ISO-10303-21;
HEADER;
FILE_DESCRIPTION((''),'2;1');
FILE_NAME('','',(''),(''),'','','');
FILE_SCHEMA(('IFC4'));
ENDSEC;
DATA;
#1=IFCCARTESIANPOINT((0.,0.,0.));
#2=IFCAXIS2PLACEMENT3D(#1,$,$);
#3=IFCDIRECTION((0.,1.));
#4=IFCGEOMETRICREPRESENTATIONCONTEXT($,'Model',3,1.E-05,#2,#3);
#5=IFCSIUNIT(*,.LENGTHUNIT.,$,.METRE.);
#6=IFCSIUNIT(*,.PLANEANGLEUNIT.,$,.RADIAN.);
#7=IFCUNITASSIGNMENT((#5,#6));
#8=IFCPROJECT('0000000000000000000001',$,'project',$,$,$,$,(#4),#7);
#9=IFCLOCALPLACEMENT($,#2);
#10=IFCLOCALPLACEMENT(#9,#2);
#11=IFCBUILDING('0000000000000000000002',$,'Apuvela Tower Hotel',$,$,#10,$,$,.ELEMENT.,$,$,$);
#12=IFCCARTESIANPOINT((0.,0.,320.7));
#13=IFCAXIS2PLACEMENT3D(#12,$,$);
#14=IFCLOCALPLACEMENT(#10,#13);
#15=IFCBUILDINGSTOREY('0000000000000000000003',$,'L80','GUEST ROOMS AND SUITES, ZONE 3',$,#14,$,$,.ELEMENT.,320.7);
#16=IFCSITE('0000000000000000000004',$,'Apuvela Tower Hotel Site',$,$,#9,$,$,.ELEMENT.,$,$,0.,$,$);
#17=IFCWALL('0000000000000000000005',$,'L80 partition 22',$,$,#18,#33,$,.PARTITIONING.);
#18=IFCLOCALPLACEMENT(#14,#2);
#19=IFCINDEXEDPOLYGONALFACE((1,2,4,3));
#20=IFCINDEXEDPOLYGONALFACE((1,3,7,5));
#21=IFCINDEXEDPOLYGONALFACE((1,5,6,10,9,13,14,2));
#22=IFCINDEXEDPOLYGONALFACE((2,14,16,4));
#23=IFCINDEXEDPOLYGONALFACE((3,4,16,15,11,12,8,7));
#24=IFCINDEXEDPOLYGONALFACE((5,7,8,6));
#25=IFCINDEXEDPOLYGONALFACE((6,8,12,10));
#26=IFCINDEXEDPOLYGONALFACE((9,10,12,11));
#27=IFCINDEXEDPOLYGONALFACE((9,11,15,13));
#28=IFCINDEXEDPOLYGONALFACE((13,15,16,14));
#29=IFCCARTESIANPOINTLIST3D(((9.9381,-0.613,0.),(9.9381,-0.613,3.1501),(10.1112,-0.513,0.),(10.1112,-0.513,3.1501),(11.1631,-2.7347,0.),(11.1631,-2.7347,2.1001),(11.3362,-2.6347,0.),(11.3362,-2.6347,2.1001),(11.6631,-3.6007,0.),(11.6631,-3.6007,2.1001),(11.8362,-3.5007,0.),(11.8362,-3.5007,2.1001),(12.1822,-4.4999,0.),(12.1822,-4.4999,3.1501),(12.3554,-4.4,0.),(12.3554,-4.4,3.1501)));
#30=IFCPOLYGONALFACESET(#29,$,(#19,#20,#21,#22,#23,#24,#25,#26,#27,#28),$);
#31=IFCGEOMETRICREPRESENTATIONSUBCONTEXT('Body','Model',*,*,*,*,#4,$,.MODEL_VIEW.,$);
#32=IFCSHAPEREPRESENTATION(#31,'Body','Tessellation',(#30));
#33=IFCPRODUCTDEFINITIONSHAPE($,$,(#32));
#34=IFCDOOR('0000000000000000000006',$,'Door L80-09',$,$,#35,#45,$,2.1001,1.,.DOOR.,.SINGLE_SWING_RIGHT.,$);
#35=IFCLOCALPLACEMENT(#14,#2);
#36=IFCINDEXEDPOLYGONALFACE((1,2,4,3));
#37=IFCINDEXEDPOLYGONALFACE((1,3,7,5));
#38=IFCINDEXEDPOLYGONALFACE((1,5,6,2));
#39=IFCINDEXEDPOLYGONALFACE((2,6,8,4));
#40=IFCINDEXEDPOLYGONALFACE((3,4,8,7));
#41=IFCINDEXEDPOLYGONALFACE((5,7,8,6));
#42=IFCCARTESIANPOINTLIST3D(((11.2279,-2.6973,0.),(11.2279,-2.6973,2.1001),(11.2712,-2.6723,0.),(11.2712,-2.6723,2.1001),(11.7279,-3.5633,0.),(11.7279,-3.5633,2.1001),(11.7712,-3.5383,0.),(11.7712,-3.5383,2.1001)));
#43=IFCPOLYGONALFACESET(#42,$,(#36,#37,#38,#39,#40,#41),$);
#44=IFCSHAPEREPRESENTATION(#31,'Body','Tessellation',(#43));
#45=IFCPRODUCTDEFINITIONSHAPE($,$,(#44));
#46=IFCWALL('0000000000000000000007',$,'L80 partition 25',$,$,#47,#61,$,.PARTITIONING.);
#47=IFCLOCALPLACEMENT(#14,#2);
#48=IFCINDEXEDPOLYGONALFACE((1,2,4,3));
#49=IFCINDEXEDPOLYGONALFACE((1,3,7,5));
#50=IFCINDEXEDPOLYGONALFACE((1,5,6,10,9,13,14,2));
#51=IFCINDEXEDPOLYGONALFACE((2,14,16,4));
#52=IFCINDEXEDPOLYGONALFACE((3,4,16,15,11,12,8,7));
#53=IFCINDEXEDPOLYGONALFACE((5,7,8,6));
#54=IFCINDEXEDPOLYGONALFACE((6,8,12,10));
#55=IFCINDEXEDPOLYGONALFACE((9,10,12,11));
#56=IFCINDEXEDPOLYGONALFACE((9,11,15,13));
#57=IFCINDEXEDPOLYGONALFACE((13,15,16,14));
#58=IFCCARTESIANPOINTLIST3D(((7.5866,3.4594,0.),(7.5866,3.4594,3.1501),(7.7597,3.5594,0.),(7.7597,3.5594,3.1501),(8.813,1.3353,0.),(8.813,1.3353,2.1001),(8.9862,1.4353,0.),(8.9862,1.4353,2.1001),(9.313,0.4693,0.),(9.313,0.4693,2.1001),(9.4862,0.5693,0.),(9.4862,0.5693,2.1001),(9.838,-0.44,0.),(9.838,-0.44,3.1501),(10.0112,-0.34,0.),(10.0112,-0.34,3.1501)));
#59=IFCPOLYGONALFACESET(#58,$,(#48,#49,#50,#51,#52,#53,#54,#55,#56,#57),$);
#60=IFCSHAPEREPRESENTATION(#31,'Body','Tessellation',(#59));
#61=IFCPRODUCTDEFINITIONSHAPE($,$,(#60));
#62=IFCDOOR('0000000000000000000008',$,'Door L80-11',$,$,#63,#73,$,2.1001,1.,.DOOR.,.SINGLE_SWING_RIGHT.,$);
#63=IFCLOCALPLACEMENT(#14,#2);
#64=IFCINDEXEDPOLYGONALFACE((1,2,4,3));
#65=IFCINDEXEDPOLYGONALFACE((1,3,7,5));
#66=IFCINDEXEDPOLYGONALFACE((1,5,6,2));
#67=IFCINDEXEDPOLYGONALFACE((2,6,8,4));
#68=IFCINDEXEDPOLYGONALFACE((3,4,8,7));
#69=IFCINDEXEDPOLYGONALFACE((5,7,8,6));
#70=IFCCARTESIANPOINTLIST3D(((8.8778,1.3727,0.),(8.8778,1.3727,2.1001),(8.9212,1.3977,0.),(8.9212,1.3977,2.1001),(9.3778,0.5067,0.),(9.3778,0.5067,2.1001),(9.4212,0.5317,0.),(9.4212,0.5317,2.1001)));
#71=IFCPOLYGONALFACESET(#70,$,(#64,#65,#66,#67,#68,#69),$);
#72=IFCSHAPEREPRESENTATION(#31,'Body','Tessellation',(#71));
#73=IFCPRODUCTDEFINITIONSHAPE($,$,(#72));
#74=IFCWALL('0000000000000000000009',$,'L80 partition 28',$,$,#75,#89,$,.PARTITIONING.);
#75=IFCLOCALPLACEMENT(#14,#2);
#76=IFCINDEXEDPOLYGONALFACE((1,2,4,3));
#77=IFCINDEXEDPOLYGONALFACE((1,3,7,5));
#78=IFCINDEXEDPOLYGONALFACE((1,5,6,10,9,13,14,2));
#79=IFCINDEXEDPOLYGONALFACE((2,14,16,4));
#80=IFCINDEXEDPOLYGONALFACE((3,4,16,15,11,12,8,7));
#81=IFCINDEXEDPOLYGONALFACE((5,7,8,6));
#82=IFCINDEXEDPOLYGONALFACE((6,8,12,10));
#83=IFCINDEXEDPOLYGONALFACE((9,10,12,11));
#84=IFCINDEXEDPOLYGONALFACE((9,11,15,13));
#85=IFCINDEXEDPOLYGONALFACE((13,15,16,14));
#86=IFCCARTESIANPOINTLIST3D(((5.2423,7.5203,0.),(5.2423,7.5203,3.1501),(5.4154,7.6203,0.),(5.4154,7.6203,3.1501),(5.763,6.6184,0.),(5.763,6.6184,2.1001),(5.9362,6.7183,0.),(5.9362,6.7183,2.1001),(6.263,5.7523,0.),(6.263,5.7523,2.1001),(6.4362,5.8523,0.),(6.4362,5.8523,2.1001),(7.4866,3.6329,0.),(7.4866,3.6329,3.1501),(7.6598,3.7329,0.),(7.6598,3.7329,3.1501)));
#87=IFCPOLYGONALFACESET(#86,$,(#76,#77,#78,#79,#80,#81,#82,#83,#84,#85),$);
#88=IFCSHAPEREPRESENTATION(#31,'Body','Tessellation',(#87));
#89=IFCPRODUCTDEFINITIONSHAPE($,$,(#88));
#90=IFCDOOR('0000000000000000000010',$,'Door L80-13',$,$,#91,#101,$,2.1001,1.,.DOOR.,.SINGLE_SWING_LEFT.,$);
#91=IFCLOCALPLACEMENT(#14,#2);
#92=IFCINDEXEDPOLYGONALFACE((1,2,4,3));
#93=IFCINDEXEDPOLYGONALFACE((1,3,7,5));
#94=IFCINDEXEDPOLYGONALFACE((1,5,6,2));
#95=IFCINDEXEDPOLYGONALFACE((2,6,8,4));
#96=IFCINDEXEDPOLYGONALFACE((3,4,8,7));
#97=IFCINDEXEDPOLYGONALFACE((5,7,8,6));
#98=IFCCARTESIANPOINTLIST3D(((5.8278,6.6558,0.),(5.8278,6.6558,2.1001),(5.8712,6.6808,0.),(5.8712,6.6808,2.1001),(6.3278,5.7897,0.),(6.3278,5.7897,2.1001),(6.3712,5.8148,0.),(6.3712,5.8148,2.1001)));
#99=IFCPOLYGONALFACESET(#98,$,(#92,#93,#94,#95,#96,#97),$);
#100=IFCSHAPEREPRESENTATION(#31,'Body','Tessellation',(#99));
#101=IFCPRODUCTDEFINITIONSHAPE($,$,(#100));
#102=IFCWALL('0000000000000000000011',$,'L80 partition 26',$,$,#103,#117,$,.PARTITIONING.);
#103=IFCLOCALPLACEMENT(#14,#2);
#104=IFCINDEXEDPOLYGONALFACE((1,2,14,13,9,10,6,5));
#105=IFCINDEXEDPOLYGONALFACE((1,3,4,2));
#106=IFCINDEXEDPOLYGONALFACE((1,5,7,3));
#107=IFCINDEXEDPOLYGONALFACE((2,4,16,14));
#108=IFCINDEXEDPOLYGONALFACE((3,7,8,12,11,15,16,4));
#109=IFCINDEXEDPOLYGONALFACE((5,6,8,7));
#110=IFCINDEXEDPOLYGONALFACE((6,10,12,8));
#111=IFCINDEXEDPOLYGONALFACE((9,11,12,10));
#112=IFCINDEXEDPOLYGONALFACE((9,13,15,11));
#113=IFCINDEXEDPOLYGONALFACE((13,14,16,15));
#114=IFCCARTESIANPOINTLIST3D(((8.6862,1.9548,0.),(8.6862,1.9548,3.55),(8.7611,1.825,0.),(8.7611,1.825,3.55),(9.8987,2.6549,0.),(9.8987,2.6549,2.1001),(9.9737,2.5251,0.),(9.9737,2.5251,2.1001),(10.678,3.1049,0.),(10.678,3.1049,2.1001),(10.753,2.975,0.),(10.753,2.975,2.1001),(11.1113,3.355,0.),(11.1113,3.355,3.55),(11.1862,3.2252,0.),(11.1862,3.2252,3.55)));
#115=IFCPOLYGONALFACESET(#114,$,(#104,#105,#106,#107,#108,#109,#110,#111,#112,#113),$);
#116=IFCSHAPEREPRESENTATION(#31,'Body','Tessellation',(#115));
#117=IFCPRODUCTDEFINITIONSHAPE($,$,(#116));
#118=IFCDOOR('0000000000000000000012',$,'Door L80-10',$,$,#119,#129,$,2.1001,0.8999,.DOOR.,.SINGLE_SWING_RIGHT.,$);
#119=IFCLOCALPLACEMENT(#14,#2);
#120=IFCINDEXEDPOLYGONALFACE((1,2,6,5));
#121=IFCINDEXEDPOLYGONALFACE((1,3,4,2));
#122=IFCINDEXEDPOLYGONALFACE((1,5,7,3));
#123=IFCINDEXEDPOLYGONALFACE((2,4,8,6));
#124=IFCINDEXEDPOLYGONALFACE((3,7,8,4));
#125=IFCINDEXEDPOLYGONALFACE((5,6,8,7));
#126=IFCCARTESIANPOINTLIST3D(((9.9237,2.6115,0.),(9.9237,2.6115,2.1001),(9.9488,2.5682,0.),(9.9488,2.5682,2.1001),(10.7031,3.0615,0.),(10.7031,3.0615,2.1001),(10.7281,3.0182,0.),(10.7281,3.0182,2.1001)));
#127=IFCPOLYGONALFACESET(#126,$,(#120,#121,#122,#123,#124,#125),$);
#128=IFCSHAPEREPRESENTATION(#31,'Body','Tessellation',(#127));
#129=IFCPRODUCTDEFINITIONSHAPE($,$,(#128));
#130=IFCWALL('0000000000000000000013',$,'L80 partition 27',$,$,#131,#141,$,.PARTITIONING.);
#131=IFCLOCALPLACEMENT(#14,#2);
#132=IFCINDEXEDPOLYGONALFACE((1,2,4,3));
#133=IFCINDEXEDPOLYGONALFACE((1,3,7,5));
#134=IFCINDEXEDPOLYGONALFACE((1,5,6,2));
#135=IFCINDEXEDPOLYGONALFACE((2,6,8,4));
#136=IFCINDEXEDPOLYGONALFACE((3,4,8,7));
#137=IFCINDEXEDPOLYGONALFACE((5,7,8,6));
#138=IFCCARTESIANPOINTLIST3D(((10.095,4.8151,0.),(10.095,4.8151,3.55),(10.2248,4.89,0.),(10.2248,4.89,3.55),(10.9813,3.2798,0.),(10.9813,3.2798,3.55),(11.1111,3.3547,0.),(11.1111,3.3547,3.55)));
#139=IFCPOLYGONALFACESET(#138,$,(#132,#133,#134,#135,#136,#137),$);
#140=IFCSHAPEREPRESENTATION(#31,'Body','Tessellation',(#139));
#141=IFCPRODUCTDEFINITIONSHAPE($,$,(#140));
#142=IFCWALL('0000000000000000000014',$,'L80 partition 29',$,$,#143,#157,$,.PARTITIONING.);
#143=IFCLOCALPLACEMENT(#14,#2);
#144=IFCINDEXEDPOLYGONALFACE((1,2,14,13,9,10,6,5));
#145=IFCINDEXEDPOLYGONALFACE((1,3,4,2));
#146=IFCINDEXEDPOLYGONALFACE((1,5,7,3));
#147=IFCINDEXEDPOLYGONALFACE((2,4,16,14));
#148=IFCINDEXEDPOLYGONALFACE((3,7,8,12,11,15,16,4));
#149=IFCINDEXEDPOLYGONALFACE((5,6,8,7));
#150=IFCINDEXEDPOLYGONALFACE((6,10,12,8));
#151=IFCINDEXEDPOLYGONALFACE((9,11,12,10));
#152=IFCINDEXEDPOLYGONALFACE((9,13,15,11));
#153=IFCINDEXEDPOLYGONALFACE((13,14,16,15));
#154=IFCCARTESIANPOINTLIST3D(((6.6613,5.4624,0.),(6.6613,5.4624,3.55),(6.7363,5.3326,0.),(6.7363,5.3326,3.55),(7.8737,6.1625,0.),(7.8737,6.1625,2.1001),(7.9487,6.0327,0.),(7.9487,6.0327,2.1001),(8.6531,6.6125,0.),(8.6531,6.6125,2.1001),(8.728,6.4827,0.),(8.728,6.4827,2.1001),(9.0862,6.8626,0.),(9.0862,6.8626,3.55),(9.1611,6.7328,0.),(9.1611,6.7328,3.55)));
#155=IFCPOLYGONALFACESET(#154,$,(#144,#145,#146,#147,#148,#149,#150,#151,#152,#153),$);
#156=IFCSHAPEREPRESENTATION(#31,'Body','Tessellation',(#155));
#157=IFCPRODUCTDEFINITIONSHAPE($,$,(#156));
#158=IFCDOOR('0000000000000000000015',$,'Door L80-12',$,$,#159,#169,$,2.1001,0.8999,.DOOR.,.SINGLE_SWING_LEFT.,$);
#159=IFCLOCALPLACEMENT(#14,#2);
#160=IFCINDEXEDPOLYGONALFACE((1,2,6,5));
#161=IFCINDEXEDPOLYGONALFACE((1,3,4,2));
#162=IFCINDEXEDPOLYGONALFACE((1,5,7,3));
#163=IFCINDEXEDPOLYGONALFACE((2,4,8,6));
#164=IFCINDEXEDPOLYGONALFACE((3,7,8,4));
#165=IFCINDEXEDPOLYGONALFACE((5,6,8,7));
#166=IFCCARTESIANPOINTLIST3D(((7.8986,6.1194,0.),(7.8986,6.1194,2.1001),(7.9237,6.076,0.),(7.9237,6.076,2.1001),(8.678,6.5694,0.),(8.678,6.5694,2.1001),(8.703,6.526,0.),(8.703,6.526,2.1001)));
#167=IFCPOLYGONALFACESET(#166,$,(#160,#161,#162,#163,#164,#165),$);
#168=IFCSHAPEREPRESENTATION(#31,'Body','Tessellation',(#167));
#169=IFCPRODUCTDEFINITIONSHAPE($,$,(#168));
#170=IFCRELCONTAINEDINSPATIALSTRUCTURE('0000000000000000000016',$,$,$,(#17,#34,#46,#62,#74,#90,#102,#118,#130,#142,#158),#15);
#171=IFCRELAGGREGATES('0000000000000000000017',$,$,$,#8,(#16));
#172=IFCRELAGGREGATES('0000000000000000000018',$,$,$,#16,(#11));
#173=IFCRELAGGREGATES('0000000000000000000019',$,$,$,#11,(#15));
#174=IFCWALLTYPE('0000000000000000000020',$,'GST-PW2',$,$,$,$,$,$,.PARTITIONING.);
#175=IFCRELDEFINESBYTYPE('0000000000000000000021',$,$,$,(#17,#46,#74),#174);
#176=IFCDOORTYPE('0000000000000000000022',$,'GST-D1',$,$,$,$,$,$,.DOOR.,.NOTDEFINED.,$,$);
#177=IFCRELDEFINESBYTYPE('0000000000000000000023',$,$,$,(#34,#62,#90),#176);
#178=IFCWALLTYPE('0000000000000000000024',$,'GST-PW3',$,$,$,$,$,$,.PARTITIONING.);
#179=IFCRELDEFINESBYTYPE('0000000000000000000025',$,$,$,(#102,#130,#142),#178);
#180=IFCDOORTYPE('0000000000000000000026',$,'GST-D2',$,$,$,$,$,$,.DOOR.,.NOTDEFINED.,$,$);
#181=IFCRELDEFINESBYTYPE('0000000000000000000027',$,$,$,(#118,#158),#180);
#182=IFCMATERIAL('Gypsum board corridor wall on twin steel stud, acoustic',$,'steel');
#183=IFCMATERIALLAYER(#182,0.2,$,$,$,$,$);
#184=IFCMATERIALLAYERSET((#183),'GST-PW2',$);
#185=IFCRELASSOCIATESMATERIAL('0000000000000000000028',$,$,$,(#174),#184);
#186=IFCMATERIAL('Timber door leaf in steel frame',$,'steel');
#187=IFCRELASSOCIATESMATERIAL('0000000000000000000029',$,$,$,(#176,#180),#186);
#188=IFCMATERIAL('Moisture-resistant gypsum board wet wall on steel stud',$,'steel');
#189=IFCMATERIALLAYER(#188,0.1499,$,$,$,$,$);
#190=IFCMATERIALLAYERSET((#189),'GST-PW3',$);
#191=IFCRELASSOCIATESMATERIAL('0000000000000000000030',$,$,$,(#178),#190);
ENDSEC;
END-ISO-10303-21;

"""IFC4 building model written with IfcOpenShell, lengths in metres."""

from ifc_helpers import new_model, si_unit, direction, frame, frame_2d, origin, place, context, subcontext, project, spatial, rectangle, extrude, material, layer, layer_set, type_object, element, fill, save


model = new_model("IFC4")

# Units and contexts
model_context = context("Model", 3, precision=1e-05, world=origin(), true_north=direction((0.0, 1.0)))
body_context = subcontext(model_context, "Body", "Model", "MODEL_VIEW")
ifc_project = project(units=[si_unit("LENGTHUNIT", "METRE"), si_unit("PLANEANGLEUNIT", "RADIAN")], contexts=[model_context])

# Site, building, storey
site_placement = place(None, origin())
site = spatial("IfcSite", under=ifc_project, at=site_placement, Name="Apuvela Tower Hotel Site", CompositionType="ELEMENT", RefElevation=0.0)
building_placement = place(site_placement, origin())
building = spatial("IfcBuilding", under=site, at=building_placement, Name="Apuvela Tower Hotel", CompositionType="ELEMENT")
storey_placement = place(building_placement, frame((0.0, 0.0, 320.7)))
storey = spatial("IfcBuildingStorey", under=building, at=storey_placement, Name="L80", Description="GUEST ROOMS AND SUITES, ZONE 3", CompositionType="ELEMENT", Elevation=320.7)

# Walls, openings, doors
ifc_material_1 = material(Name="Gypsum board corridor wall on twin steel stud, acoustic", Category="steel")
ifc_layer_1 = layer(ifc_material_1, 0.2)
ifc_layer_set_1 = layer_set([ifc_layer_1], Name="GST-PW2")
wall_type_1 = type_object("IfcWallType", Name="GST-PW2", PredefinedType="PARTITIONING", material=ifc_layer_set_1)
wall_1_placement = place(storey_placement, frame((10.0247, -0.563, 0.0), z_axis=(0.0, 0.0, 1.0), x_axis=(0.5, -0.866025, 0.0)))
wall_1 = element("IfcWall", 1, at=wall_1_placement, inside=storey, type_object=wall_type_1, Name="L80 partition 22", PredefinedType="PARTITIONING", context=body_context, shape_type="SweptSolid", body=[
    extrude(rectangle(XDim=4.4883, YDim=0.2, at=frame_2d((2.2441, 0.0))), origin(), (0.0, 0.0, 1.0), 3.1501),
])
opening_1_placement = place(wall_1_placement, frame((2.45, 0.0, 0.0)))
opening_1 = element("IfcOpeningElement", 2, at=opening_1_placement, cuts=wall_1, PredefinedType="OPENING", context=body_context, shape_type="SweptSolid", body=[
    extrude(rectangle(XDim=1.0, YDim=2.1001, at=frame_2d((0.5, 1.05))), frame((0.0, 0.1099, 0.0), z_axis=(0.0, -1.0, 0.0), x_axis=(1.0, 0.0, 0.0)), (0.0, 0.0, 1.0), 0.22),
])
ifc_material_2 = material(Name="Timber door leaf in steel frame", Category="steel")
door_type_1 = type_object("IfcDoorType", Name="GST-D1", OperationType="NOTDEFINED", PredefinedType="DOOR", material=ifc_material_2)
door_1_placement = place(opening_1_placement, origin())
door_1 = element("IfcDoor", 3, at=door_1_placement, inside=storey, type_object=door_type_1, Name="Door L80-09", OperationType="SINGLE_SWING_RIGHT", OverallHeight=2.1001, OverallWidth=1.0, PredefinedType="DOOR", context=body_context, shape_type="SweptSolid", body=[
    extrude(rectangle(XDim=1.0, YDim=2.1001, at=frame_2d((0.5, 1.05))), frame((0.0, 0.0249, 0.0), z_axis=(0.0, -1.0, 0.0), x_axis=(1.0, 0.0, 0.0)), (0.0, 0.0, 1.0), 0.05),
])
fill(opening_1, door_1)
wall_2_placement = place(storey_placement, frame((7.6731, 3.5095, 0.0), z_axis=(0.0, 0.0, 1.0), x_axis=(0.500023, -0.866012, 0.0)))
wall_2 = element("IfcWall", 4, at=wall_2_placement, inside=storey, type_object=wall_type_1, Name="L80 partition 25", PredefinedType="PARTITIONING", context=body_context, shape_type="SweptSolid", body=[
    extrude(rectangle(XDim=4.5027, YDim=0.2, at=frame_2d((2.2515, 0.0))), origin(), (0.0, 0.0, 1.0), 3.1501),
])
opening_2_placement = place(wall_2_placement, frame((2.4529, 0.0, 0.0)))
opening_2 = element("IfcOpeningElement", 5, at=opening_2_placement, cuts=wall_2, PredefinedType="OPENING", context=body_context, shape_type="SweptSolid", body=[
    extrude(rectangle(XDim=1.0, YDim=2.1001, at=frame_2d((0.5, 1.05))), frame((0.0, 0.1099, 0.0), z_axis=(0.0, -1.0, 0.0), x_axis=(1.0, 0.0, 0.0)), (0.0, 0.0, 1.0), 0.22),
])
door_2_placement = place(opening_2_placement, origin())
door_2 = element("IfcDoor", 6, at=door_2_placement, inside=storey, type_object=door_type_1, Name="Door L80-11", OperationType="SINGLE_SWING_RIGHT", OverallHeight=2.1001, OverallWidth=1.0, PredefinedType="DOOR", context=body_context, shape_type="SweptSolid", body=[
    extrude(rectangle(XDim=1.0, YDim=2.1001, at=frame_2d((0.5, 1.05))), frame((0.0, 0.0249, 0.0), z_axis=(0.0, -1.0, 0.0), x_axis=(1.0, 0.0, 0.0)), (0.0, 0.0, 1.0), 0.05),
])
fill(opening_2, door_2)
wall_3_placement = place(storey_placement, frame((5.3289, 7.5703, 0.0), z_axis=(0.0, 0.0, 1.0), x_axis=(0.499994, -0.866029, 0.0)))
wall_3 = element("IfcWall", 7, at=wall_3_placement, inside=storey, type_object=wall_type_1, Name="L80 partition 28", PredefinedType="PARTITIONING", context=body_context, shape_type="SweptSolid", body=[
    extrude(rectangle(XDim=4.4888, YDim=0.2, at=frame_2d((2.2444, 0.0))), origin(), (0.0, 0.0, 1.0), 3.1501),
])
opening_3_placement = place(wall_3_placement, frame((1.0415, 0.0, 0.0)))
opening_3 = element("IfcOpeningElement", 8, at=opening_3_placement, cuts=wall_3, PredefinedType="OPENING", context=body_context, shape_type="SweptSolid", body=[
    extrude(rectangle(XDim=1.0, YDim=2.1001, at=frame_2d((0.5, 1.05))), frame((0.0, 0.1099, 0.0), z_axis=(0.0, -1.0, 0.0), x_axis=(1.0, 0.0, 0.0)), (0.0, 0.0, 1.0), 0.22),
])
door_3_placement = place(opening_3_placement, origin())
door_3 = element("IfcDoor", 9, at=door_3_placement, inside=storey, type_object=door_type_1, Name="Door L80-13", OperationType="SINGLE_SWING_LEFT", OverallHeight=2.1001, OverallWidth=1.0, PredefinedType="DOOR", context=body_context, shape_type="SweptSolid", body=[
    extrude(rectangle(XDim=1.0, YDim=2.1001, at=frame_2d((0.5, 1.05))), frame((0.0, 0.0249, 0.0), z_axis=(0.0, -1.0, 0.0), x_axis=(1.0, 0.0, 0.0)), (0.0, 0.0, 1.0), 0.05),
])
fill(opening_3, door_3)
ifc_material_3 = material(Name="Moisture-resistant gypsum board wet wall on steel stud", Category="steel")
ifc_layer_2 = layer(ifc_material_3, 0.1499)
ifc_layer_set_2 = layer_set([ifc_layer_2], Name="GST-PW3")
wall_type_2 = type_object("IfcWallType", Name="GST-PW3", PredefinedType="PARTITIONING", material=ifc_layer_set_2)
wall_4_placement = place(storey_placement, frame((8.7236, 1.8899, 0.0), z_axis=(0.0, 0.0, 1.0), x_axis=(0.866019, 0.500012, 0.0)))
wall_4 = element("IfcWall", 10, at=wall_4_placement, inside=storey, type_object=wall_type_2, Name="L80 partition 26", PredefinedType="PARTITIONING", context=body_context, shape_type="SweptSolid", body=[
    extrude(rectangle(XDim=2.8003, YDim=0.1499, at=frame_2d((1.4001, 0.0))), origin(), (0.0, 0.0, 1.0), 3.55),
])
opening_4_placement = place(wall_4_placement, frame((1.4001, 0.0, 0.0)))
opening_4 = element("IfcOpeningElement", 11, at=opening_4_placement, cuts=wall_4, PredefinedType="OPENING", context=body_context, shape_type="SweptSolid", body=[
    extrude(rectangle(XDim=0.8999, YDim=2.1001, at=frame_2d((0.45, 1.05))), frame((0.0, 0.085, 0.0), z_axis=(0.0, -1.0, 0.0), x_axis=(1.0, 0.0, 0.0)), (0.0, 0.0, 1.0), 0.1699),
])
door_type_2 = type_object("IfcDoorType", Name="GST-D2", OperationType="NOTDEFINED", PredefinedType="DOOR", material=ifc_material_2)
door_4_placement = place(opening_4_placement, origin())
door_4 = element("IfcDoor", 12, at=door_4_placement, inside=storey, type_object=door_type_2, Name="Door L80-10", OperationType="SINGLE_SWING_RIGHT", OverallHeight=2.1001, OverallWidth=0.8999, PredefinedType="DOOR", context=body_context, shape_type="SweptSolid", body=[
    extrude(rectangle(XDim=0.8999, YDim=2.1001, at=frame_2d((0.45, 1.05))), frame((0.0, 0.0249, 0.0), z_axis=(0.0, -1.0, 0.0), x_axis=(1.0, 0.0, 0.0)), (0.0, 0.0, 1.0), 0.05),
])
fill(opening_4, door_4)

# Wall
wall_5_placement = place(storey_placement, frame((11.0461, 3.3174, 0.0), z_axis=(0.0, 0.0, 1.0), x_axis=(-0.499961, 0.866048, 0.0)))
element("IfcWall", 13, at=wall_5_placement, inside=storey, type_object=wall_type_2, Name="L80 partition 27", PredefinedType="PARTITIONING", context=body_context, shape_type="SweptSolid", body=[
    extrude(rectangle(XDim=1.7727, YDim=0.1499, at=frame_2d((0.8862, 0.0))), origin(), (0.0, 0.0, 1.0), 3.55),
])

# Wall, opening, door
wall_6_placement = place(storey_placement, frame((9.1235, 6.7976, 0.0), z_axis=(0.0, 0.0, 1.0), x_axis=(-0.865997, -0.50005, 0.0)))
wall_6 = element("IfcWall", 14, at=wall_6_placement, inside=storey, type_object=wall_type_2, Name="L80 partition 29", PredefinedType="PARTITIONING", context=body_context, shape_type="SweptSolid", body=[
    extrude(rectangle(XDim=2.8, YDim=0.1499, at=frame_2d((1.3999, 0.0))), origin(), (0.0, 0.0, 1.0), 3.55),
])
opening_5_placement = place(wall_6_placement, frame((0.5, 0.0, 0.0)))
opening_5 = element("IfcOpeningElement", 15, at=opening_5_placement, cuts=wall_6, PredefinedType="OPENING", context=body_context, shape_type="SweptSolid", body=[
    extrude(rectangle(XDim=0.8999, YDim=2.1001, at=frame_2d((0.45, 1.05))), frame((0.0, 0.085, 0.0), z_axis=(0.0, -1.0, 0.0), x_axis=(1.0, 0.0, 0.0)), (0.0, 0.0, 1.0), 0.1699),
])
door_5_placement = place(opening_5_placement, origin())
door_5 = element("IfcDoor", 16, at=door_5_placement, inside=storey, type_object=door_type_2, Name="Door L80-12", OperationType="SINGLE_SWING_LEFT", OverallHeight=2.1001, OverallWidth=0.8999, PredefinedType="DOOR", context=body_context, shape_type="SweptSolid", body=[
    extrude(rectangle(XDim=0.8999, YDim=2.1001, at=frame_2d((0.45, 1.05))), frame((0.0, 0.0249, 0.0), z_axis=(0.0, -1.0, 0.0), x_axis=(1.0, 0.0, 0.0)), (0.0, 0.0, 1.0), 0.05),
])
fill(opening_5, door_5)

save(model, "model.ifc")
